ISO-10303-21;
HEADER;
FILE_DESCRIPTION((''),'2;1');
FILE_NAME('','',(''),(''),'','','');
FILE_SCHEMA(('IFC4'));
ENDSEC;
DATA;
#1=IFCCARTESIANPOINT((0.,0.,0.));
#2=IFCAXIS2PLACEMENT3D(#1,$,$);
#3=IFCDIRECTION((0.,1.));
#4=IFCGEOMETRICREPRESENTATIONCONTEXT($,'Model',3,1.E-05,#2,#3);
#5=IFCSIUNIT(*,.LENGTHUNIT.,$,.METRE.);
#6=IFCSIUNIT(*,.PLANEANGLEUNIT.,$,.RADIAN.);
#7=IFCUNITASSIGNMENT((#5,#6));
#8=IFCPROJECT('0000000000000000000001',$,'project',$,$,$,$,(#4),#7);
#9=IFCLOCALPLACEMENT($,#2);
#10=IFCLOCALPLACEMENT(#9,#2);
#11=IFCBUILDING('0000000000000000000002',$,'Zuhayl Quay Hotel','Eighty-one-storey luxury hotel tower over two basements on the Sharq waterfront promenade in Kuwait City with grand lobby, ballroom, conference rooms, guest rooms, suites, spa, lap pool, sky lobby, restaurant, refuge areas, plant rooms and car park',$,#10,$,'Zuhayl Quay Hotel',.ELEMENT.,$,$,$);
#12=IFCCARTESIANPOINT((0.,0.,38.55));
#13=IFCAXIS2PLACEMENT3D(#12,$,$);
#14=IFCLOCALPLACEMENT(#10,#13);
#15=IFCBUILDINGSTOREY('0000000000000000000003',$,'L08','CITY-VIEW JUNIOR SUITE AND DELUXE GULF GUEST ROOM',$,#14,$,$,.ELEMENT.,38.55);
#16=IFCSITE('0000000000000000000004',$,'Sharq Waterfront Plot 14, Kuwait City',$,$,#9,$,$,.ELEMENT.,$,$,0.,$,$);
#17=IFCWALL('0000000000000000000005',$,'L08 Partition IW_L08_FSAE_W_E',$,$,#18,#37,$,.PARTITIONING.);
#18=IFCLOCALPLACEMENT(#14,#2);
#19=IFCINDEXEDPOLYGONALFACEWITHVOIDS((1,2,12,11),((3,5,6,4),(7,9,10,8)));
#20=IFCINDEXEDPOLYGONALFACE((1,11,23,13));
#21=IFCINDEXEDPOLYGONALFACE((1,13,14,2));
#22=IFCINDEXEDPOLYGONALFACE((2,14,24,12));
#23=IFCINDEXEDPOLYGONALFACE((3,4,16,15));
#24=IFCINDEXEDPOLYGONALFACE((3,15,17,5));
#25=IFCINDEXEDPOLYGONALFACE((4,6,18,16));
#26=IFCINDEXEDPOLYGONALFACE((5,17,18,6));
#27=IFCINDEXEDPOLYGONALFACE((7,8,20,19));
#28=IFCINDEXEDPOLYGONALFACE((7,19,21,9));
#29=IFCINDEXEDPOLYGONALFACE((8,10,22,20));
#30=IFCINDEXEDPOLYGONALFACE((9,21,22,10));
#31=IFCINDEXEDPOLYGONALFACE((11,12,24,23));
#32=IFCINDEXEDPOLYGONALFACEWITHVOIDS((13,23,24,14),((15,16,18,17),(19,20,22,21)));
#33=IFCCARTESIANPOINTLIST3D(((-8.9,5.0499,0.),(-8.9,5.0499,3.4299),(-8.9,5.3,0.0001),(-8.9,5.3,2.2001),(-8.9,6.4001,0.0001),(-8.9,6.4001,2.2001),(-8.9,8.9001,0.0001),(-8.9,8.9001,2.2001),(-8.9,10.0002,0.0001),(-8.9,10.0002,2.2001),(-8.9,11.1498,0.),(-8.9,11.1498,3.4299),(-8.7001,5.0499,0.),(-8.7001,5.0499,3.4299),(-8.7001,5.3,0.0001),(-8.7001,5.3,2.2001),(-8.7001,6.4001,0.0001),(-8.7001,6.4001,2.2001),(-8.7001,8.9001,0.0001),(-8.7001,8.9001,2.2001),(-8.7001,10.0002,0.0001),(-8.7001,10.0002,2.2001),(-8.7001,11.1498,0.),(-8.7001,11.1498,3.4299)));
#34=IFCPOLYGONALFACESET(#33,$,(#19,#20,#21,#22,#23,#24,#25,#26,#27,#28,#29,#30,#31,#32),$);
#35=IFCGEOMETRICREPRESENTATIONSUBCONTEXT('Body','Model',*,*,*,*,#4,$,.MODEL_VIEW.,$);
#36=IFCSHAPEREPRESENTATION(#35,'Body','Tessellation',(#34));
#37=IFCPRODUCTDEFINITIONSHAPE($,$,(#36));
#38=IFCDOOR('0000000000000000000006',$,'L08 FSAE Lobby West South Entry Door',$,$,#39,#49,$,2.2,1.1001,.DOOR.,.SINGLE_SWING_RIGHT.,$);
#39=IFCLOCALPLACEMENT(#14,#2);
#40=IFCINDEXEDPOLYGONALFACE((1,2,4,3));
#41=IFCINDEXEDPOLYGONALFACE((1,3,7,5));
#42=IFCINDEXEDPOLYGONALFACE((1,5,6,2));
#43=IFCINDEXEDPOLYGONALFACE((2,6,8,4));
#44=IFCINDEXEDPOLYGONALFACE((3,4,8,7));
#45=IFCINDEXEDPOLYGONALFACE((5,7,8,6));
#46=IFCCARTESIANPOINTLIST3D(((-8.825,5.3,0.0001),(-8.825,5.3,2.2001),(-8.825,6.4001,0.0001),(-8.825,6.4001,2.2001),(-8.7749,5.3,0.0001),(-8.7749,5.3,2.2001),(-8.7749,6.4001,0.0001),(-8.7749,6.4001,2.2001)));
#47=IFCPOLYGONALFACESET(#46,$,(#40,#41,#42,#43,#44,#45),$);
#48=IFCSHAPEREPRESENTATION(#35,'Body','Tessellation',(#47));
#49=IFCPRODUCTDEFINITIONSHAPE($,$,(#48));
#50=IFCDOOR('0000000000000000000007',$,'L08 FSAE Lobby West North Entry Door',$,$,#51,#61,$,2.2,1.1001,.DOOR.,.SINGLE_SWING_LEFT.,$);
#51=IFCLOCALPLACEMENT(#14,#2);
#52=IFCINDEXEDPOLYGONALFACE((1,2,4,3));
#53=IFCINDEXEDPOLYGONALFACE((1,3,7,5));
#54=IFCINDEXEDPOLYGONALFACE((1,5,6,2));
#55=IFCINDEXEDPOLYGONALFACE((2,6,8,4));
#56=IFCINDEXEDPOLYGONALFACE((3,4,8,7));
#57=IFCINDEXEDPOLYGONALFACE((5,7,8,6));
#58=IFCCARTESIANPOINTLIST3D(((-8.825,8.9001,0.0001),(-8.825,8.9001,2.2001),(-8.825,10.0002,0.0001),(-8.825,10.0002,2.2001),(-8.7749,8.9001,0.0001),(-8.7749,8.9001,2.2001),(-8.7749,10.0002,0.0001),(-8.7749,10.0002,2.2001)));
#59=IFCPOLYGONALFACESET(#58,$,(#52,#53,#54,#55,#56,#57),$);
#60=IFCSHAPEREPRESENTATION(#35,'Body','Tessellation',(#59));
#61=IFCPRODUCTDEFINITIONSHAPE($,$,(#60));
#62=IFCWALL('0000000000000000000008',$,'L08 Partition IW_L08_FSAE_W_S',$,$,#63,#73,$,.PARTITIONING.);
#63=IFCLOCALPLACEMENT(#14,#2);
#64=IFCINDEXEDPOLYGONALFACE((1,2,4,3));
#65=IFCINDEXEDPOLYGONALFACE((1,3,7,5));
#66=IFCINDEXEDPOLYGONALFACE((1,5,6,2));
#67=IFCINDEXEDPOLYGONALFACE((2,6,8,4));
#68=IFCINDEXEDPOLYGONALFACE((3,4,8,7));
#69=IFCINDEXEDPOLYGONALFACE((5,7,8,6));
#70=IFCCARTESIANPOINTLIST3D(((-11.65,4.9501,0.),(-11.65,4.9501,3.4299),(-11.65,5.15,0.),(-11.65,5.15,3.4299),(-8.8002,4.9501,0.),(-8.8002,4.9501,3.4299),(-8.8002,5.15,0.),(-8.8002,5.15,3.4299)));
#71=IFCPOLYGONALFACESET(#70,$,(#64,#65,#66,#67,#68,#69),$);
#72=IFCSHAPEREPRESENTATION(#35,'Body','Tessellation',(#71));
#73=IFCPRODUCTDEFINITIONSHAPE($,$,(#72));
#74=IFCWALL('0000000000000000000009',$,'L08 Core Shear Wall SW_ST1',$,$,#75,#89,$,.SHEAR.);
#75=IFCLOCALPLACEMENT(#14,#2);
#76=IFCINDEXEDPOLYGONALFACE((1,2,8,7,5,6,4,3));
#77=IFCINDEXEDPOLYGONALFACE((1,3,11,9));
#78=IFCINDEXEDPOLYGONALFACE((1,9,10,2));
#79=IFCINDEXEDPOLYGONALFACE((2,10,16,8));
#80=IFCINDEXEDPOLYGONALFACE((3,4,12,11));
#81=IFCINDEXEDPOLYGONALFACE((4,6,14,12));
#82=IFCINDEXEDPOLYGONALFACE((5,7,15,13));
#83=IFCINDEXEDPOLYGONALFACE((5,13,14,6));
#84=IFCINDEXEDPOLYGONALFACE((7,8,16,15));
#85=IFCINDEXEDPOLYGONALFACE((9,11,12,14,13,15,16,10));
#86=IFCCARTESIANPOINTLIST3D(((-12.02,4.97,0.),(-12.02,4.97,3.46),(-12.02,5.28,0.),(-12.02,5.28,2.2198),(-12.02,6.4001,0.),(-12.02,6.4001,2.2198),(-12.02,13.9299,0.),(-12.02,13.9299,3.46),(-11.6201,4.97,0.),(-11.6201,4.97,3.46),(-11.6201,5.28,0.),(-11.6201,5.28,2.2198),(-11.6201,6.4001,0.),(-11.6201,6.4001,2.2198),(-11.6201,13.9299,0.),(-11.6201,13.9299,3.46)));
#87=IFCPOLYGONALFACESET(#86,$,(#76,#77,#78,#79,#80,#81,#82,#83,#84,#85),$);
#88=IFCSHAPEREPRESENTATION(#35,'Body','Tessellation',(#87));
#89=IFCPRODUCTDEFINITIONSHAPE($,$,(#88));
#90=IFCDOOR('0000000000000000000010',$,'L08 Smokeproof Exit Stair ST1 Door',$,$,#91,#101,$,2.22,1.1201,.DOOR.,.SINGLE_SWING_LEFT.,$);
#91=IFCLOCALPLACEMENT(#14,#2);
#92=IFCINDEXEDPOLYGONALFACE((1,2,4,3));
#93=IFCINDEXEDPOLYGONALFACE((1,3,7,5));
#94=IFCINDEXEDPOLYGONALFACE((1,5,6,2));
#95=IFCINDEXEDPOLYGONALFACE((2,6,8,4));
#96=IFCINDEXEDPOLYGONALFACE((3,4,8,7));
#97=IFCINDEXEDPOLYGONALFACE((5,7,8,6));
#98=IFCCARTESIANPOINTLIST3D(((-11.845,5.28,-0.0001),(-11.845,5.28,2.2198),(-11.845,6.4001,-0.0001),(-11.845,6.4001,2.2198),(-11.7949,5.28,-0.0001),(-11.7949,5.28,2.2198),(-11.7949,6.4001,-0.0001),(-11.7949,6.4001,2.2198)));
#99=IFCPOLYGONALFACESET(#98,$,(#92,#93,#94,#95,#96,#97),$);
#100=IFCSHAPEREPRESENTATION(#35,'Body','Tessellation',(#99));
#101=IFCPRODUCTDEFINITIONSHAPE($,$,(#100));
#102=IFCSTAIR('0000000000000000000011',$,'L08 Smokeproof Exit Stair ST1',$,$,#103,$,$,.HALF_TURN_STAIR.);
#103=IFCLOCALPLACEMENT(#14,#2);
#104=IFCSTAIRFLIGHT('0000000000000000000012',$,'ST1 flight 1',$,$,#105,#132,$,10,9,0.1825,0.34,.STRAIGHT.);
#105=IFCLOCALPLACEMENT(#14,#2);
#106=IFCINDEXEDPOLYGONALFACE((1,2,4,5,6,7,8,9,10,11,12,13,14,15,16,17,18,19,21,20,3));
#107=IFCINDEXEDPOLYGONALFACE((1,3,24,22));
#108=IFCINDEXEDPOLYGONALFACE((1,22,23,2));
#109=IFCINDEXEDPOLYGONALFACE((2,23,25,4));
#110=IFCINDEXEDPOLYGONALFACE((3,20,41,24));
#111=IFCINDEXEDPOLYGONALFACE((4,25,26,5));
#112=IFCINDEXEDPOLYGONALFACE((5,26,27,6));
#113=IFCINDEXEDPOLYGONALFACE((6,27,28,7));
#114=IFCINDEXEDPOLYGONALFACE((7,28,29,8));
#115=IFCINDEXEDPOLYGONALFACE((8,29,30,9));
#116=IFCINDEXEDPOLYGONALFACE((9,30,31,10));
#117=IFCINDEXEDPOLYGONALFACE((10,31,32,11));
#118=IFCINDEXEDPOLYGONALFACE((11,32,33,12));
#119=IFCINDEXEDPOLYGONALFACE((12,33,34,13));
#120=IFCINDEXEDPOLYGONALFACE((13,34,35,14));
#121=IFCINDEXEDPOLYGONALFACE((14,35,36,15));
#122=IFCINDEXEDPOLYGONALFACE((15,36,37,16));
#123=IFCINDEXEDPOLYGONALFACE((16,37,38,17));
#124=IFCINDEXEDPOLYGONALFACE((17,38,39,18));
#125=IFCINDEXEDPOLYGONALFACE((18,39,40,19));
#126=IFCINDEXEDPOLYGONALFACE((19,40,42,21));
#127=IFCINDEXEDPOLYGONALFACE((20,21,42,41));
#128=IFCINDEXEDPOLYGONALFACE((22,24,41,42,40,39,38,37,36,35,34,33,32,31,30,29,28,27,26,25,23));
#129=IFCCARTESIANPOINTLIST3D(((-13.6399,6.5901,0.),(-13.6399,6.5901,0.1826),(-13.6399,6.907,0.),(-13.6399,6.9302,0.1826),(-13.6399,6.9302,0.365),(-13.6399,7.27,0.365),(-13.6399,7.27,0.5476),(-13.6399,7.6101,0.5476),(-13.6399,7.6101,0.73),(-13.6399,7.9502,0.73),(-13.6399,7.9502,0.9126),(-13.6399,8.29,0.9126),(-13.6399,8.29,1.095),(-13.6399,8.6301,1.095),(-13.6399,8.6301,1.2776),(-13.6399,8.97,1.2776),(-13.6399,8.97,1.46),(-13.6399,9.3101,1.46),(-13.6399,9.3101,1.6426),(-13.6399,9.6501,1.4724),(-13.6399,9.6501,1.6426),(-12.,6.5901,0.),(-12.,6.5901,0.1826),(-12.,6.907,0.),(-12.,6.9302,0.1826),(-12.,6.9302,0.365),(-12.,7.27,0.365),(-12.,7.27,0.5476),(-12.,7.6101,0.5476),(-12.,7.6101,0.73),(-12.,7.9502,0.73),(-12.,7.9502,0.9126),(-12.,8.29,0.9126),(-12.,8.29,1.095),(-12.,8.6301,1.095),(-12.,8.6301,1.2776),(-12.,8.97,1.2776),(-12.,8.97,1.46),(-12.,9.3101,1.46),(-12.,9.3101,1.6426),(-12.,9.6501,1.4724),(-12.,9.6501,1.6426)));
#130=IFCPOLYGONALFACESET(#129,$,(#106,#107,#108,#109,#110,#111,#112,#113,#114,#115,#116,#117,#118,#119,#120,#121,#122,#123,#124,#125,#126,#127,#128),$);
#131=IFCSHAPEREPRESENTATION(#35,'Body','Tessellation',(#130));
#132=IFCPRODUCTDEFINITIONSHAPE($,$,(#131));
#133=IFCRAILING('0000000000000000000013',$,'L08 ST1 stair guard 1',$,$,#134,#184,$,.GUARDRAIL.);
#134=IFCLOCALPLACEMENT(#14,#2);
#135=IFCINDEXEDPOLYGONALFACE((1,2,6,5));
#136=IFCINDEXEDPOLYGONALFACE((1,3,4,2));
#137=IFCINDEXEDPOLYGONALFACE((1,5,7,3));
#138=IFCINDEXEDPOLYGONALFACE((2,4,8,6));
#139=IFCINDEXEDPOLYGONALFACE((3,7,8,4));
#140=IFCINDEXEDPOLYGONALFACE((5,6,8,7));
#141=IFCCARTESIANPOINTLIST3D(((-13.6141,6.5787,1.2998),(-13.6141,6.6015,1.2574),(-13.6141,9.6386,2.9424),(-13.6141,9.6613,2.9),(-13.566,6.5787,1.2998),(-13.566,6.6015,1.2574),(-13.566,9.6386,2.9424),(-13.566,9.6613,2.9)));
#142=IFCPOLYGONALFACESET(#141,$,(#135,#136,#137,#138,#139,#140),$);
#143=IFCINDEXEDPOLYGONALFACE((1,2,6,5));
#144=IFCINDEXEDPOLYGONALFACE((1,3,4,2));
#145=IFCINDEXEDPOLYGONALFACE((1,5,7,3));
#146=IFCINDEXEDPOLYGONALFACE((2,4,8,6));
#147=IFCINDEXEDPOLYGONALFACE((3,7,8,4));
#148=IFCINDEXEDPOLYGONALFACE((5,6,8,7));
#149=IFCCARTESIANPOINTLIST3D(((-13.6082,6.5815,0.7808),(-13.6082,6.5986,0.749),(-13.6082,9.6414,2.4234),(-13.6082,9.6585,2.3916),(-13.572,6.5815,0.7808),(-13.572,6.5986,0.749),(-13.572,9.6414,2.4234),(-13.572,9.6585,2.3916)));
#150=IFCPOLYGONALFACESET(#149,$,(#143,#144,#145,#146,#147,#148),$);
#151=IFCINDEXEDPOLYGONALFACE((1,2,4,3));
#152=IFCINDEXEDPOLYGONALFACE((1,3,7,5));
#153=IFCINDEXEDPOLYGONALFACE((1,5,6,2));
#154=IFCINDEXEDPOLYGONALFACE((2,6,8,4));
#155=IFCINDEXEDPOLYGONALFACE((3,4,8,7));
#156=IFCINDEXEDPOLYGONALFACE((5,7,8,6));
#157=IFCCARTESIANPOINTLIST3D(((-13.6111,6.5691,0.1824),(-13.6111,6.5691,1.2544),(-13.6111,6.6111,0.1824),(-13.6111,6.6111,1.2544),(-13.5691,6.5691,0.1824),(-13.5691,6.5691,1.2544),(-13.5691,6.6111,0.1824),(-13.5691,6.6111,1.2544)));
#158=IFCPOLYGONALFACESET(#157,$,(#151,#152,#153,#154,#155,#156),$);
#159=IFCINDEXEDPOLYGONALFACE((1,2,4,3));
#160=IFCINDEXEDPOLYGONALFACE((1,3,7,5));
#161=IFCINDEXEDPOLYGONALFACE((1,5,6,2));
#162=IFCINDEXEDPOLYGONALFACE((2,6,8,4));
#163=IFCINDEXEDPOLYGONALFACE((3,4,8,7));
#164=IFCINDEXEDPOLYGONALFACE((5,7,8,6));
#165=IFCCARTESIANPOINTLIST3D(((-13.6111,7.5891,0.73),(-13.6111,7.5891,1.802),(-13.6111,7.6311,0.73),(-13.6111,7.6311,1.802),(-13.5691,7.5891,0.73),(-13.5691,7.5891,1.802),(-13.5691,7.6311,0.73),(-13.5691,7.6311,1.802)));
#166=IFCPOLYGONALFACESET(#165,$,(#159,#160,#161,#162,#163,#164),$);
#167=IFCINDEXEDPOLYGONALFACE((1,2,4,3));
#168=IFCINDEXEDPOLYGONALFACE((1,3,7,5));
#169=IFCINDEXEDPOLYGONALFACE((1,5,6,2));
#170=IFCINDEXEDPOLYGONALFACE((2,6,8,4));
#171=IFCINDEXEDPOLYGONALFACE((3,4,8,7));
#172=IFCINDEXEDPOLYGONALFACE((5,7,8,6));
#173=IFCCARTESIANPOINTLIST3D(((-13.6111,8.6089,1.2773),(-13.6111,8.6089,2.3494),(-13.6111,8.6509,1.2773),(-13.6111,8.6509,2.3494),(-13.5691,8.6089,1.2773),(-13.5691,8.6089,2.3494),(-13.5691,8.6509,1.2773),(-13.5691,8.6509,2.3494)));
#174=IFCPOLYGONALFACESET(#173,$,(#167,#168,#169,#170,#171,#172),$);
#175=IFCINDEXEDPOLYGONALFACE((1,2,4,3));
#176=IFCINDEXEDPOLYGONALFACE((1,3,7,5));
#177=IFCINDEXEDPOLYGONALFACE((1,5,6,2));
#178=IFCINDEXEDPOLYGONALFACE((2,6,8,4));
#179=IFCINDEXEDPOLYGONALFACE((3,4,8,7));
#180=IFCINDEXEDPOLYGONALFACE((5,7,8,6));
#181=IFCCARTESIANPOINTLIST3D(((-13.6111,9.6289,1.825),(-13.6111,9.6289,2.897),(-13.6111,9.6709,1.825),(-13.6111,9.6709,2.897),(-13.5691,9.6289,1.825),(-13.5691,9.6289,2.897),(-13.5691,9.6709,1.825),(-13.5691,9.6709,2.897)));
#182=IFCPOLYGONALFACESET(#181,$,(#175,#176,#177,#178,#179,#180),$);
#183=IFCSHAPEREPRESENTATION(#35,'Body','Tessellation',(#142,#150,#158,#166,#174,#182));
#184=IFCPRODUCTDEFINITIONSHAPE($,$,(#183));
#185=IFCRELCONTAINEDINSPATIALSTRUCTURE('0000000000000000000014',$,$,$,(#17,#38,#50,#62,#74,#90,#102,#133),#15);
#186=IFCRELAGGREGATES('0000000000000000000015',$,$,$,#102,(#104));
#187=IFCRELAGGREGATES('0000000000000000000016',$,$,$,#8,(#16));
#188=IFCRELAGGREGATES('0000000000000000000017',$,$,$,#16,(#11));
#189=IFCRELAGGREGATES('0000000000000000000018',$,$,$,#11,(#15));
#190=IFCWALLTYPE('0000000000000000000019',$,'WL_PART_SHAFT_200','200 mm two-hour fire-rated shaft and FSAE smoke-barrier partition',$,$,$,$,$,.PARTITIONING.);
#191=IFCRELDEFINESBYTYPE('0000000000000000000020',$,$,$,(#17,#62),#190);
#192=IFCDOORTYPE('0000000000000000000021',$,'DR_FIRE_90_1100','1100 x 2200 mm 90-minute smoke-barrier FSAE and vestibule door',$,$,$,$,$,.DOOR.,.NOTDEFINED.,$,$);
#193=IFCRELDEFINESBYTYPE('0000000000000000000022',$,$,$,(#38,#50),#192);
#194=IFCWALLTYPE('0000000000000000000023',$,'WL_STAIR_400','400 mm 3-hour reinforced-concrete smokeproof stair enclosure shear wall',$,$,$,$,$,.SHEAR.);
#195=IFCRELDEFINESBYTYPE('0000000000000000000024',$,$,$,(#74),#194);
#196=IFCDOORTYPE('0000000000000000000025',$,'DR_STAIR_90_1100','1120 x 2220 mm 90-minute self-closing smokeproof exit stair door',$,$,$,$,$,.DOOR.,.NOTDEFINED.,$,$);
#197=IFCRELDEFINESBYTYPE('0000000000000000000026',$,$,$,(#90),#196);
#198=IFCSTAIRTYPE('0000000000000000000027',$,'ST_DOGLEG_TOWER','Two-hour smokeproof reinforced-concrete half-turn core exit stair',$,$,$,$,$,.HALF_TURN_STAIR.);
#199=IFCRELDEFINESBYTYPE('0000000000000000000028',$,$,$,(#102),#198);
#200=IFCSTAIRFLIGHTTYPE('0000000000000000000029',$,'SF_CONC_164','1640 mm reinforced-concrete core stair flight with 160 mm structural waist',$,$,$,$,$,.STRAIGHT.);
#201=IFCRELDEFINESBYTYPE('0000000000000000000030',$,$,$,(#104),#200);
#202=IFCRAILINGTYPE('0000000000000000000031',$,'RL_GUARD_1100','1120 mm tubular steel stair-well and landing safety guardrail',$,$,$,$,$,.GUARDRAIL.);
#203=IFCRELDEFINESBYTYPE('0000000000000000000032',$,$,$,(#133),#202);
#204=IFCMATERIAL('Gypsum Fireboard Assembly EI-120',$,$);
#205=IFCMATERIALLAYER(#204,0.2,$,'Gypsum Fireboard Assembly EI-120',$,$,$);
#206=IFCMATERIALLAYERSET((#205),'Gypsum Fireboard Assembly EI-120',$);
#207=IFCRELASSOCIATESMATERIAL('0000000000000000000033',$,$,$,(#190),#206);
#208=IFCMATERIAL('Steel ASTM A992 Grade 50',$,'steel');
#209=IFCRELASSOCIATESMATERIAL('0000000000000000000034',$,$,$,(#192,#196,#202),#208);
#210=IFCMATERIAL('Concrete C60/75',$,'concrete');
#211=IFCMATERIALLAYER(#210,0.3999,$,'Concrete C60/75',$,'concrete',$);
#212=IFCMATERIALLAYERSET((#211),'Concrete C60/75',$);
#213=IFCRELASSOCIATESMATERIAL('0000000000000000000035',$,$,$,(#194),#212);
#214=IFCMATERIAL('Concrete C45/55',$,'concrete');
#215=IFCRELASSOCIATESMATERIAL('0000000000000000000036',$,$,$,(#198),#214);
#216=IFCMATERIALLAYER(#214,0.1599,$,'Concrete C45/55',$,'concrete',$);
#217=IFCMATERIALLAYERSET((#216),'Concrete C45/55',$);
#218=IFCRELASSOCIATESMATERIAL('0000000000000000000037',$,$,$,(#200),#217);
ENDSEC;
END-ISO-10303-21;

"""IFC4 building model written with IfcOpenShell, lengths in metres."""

from ifc_helpers import new_model, si_unit, direction, frame, frame_2d, origin, origin_2d, place, context, subcontext, project, spatial, polyline, rectangle, outline, extrude, material, layer, layer_set, type_object, element, fill, aggregate, save


model = new_model("IFC4")

# Units and contexts
model_context = context("Model", 3, precision=1e-05, world=origin(), true_north=direction((0.0, 1.0)))
body_context = subcontext(model_context, "Body", "Model", "MODEL_VIEW")
ifc_project = project(units=[si_unit("LENGTHUNIT", "METRE"), si_unit("PLANEANGLEUNIT", "RADIAN")], contexts=[model_context])

# Site, building, storey
site_placement = place(None, origin())
site = spatial("IfcSite", under=ifc_project, at=site_placement, Name="Sharq Waterfront Plot 14, Kuwait City", CompositionType="ELEMENT", RefElevation=0.0)
building_placement = place(site_placement, origin())
building = spatial("IfcBuilding", under=site, at=building_placement, Name="Zuhayl Quay Hotel", Description="Eighty-one-storey luxury hotel tower over two basements on the Sharq waterfront promenade in Kuwait City with grand lobby, ballroom, conference rooms, guest rooms, suites, spa, lap pool, sky lobby, restaurant, refuge areas, plant rooms and car park", LongName="Zuhayl Quay Hotel", CompositionType="ELEMENT")
storey_placement = place(building_placement, frame((0.0, 0.0, 38.55)))
storey = spatial("IfcBuildingStorey", under=building, at=storey_placement, Name="L08", Description="CITY-VIEW JUNIOR SUITE AND DELUXE GULF GUEST ROOM", CompositionType="ELEMENT", Elevation=38.55)

# Shared definitions
ifc_material_1 = material(Name="Steel ASTM A992 Grade 50", Category="steel")

# Wall, openings, doors
ifc_material_2 = material(Name="Gypsum Fireboard Assembly EI-120")
ifc_layer_1 = layer(ifc_material_2, 0.2, Name="Gypsum Fireboard Assembly EI-120")
ifc_layer_set_1 = layer_set([ifc_layer_1], Name="Gypsum Fireboard Assembly EI-120")
wall_type_1 = type_object("IfcWallType", Name="WL_PART_SHAFT_200", Description="200 mm two-hour fire-rated shaft and FSAE smoke-barrier partition", PredefinedType="PARTITIONING", material=ifc_layer_set_1)
wall_1_placement = place(storey_placement, frame((-8.8, 5.05, 0.0), z_axis=(0.0, 0.0, 1.0), x_axis=(0.0, 1.0, 0.0)))
wall_1 = element("IfcWall", 1, at=wall_1_placement, inside=storey, type_object=wall_type_1, Name="L08 Partition IW_L08_FSAE_W_E", PredefinedType="PARTITIONING", context=body_context, shape_type="SweptSolid", body=[
    extrude(rectangle(XDim=6.0999, YDim=0.2, at=frame_2d((3.0498, 0.0))), origin(), (0.0, 0.0, 1.0), 3.4299),
])
opening_1_placement = place(wall_1_placement, frame((0.25, 0.0, 0.0)))
opening_1 = element("IfcOpeningElement", 2, at=opening_1_placement, cuts=wall_1, PredefinedType="OPENING", context=body_context, shape_type="SweptSolid", body=[
    extrude(rectangle(XDim=1.1001, YDim=2.2, at=frame_2d((0.55, 1.1001))), frame((0.0, 0.1099, 0.0), z_axis=(0.0, -1.0, 0.0), x_axis=(1.0, 0.0, 0.0)), (0.0, 0.0, 1.0), 0.22),
])
opening_2_placement = place(wall_1_placement, frame((3.8501, 0.0, 0.0)))
opening_2 = element("IfcOpeningElement", 3, at=opening_2_placement, cuts=wall_1, PredefinedType="OPENING", context=body_context, shape_type="SweptSolid", body=[
    extrude(rectangle(XDim=1.1001, YDim=2.2, at=frame_2d((0.55, 1.1001))), frame((0.0, 0.1099, 0.0), z_axis=(0.0, -1.0, 0.0), x_axis=(1.0, 0.0, 0.0)), (0.0, 0.0, 1.0), 0.22),
])
door_type_1 = type_object("IfcDoorType", Name="DR_FIRE_90_1100", Description="1100 x 2200 mm 90-minute smoke-barrier FSAE and vestibule door", OperationType="NOTDEFINED", PredefinedType="DOOR", material=ifc_material_1)
door_1_placement = place(opening_1_placement, origin())
door_1 = element("IfcDoor", 4, at=door_1_placement, inside=storey, type_object=door_type_1, Name="L08 FSAE Lobby West South Entry Door", OperationType="SINGLE_SWING_RIGHT", OverallHeight=2.2, OverallWidth=1.1001, PredefinedType="DOOR", context=body_context, shape_type="SweptSolid", body=[
    extrude(rectangle(XDim=1.1001, YDim=2.2, at=frame_2d((0.55, 1.1001))), frame((0.0, 0.0249, 0.0), z_axis=(0.0, -1.0, 0.0), x_axis=(1.0, 0.0, 0.0)), (0.0, 0.0, 1.0), 0.05),
])
fill(opening_1, door_1)
door_2_placement = place(opening_2_placement, origin())
door_2 = element("IfcDoor", 5, at=door_2_placement, inside=storey, type_object=door_type_1, Name="L08 FSAE Lobby West North Entry Door", OperationType="SINGLE_SWING_LEFT", OverallHeight=2.2, OverallWidth=1.1001, PredefinedType="DOOR", context=body_context, shape_type="SweptSolid", body=[
    extrude(rectangle(XDim=1.1001, YDim=2.2, at=frame_2d((0.55, 1.1001))), frame((0.0, 0.0249, 0.0), z_axis=(0.0, -1.0, 0.0), x_axis=(1.0, 0.0, 0.0)), (0.0, 0.0, 1.0), 0.05),
])
fill(opening_2, door_2)

# Wall
wall_2_placement = place(storey_placement, frame((-11.6499, 5.05, 0.0), z_axis=(0.0, 0.0, 1.0), x_axis=(1.0, 0.0, 0.0)))
element("IfcWall", 6, at=wall_2_placement, inside=storey, type_object=wall_type_1, Name="L08 Partition IW_L08_FSAE_W_S", PredefinedType="PARTITIONING", context=body_context, shape_type="SweptSolid", body=[
    extrude(rectangle(XDim=2.8499, YDim=0.2, at=frame_2d((1.4248, 0.0))), origin(), (0.0, 0.0, 1.0), 3.4299),
])

# Wall, opening, door
ifc_material_3 = material(Name="Concrete C60/75", Category="concrete")
ifc_layer_2 = layer(ifc_material_3, 0.3999, Name="Concrete C60/75", Category="concrete")
ifc_layer_set_2 = layer_set([ifc_layer_2], Name="Concrete C60/75")
wall_type_2 = type_object("IfcWallType", Name="WL_STAIR_400", Description="400 mm 3-hour reinforced-concrete smokeproof stair enclosure shear wall", PredefinedType="SHEAR", material=ifc_layer_set_2)
wall_3_placement = place(storey_placement, frame((-11.8201, 4.97, 0.0), z_axis=(0.0, 0.0, 1.0), x_axis=(0.0, 1.0, 0.0)))
wall_3 = element("IfcWall", 7, at=wall_3_placement, inside=storey, type_object=wall_type_2, Name="L08 Core Shear Wall SW_ST1", PredefinedType="SHEAR", context=body_context, shape_type="SweptSolid", body=[
    extrude(rectangle(XDim=8.96, YDim=0.3999, at=frame_2d((4.48, 0.0))), origin(), (0.0, 0.0, 1.0), 3.46),
])
opening_3_placement = place(wall_3_placement, frame((0.3101, 0.0, 0.0)))
opening_3 = element("IfcOpeningElement", 8, at=opening_3_placement, cuts=wall_3, PredefinedType="OPENING", context=body_context, shape_type="SweptSolid", body=[
    extrude(rectangle(XDim=1.1201, YDim=2.22, at=frame_2d((0.5601, 1.1099))), frame((0.0, 0.21, 0.0), z_axis=(0.0, -1.0, 0.0), x_axis=(1.0, 0.0, 0.0)), (0.0, 0.0, 1.0), 0.4199),
])
door_type_2 = type_object("IfcDoorType", Name="DR_STAIR_90_1100", Description="1120 x 2220 mm 90-minute self-closing smokeproof exit stair door", OperationType="NOTDEFINED", PredefinedType="DOOR", material=ifc_material_1)
door_3_placement = place(opening_3_placement, origin())
door_3 = element("IfcDoor", 9, at=door_3_placement, inside=storey, type_object=door_type_2, Name="L08 Smokeproof Exit Stair ST1 Door", OperationType="SINGLE_SWING_LEFT", OverallHeight=2.22, OverallWidth=1.1201, PredefinedType="DOOR", context=body_context, shape_type="SweptSolid", body=[
    extrude(rectangle(XDim=1.1201, YDim=2.22, at=frame_2d((0.5601, 1.1099))), frame((0.0, 0.0249, 0.0), z_axis=(0.0, -1.0, 0.0), x_axis=(1.0, 0.0, 0.0)), (0.0, 0.0, 1.0), 0.05),
])
fill(opening_3, door_3)

# Stair, stair flight
ifc_material_4 = material(Name="Concrete C45/55", Category="concrete")
stair_type = type_object("IfcStairType", Name="ST_DOGLEG_TOWER", Description="Two-hour smokeproof reinforced-concrete half-turn core exit stair", PredefinedType="HALF_TURN_STAIR", material=ifc_material_4)
stair_placement = place(storey_placement, origin())
stair = element("IfcStair", 10, at=stair_placement, inside=storey, type_object=stair_type, Name="L08 Smokeproof Exit Stair ST1", PredefinedType="HALF_TURN_STAIR")
ifc_layer_3 = layer(ifc_material_4, 0.1599, Name="Concrete C45/55", Category="concrete")
ifc_layer_set_3 = layer_set([ifc_layer_3], Name="Concrete C45/55")
stair_flight_type = type_object("IfcStairFlightType", Name="SF_CONC_164", Description="1640 mm reinforced-concrete core stair flight with 160 mm structural waist", PredefinedType="STRAIGHT", material=ifc_layer_set_3)
stair_flight_placement = place(storey_placement, frame((-12.8201, 6.5901, 0.0), z_axis=(0.0, 0.0, 1.0), x_axis=(0.0, 1.0, 0.0)))
stair_flight = element("IfcStairFlight", 11, at=stair_flight_placement, type_object=stair_flight_type, Name="ST1 flight 1", NumberOfRisers=10, NumberOfTreads=9, PredefinedType="STRAIGHT", RiserHeight=0.1825, TreadLength=0.34, context=body_context, shape_type="SweptSolid", body=[
    extrude(outline(polyline([(0.0, 0.0), (0.0, 0.1826), (0.3401, 0.1826), (0.3401, 0.365), (0.6799, 0.365), (0.6799, 0.5476), (1.02, 0.5476), (1.02, 0.73), (1.3601, 0.73), (1.3601, 0.9126), (1.7, 0.9126), (1.7, 1.095), (2.04, 1.095), (2.04, 1.2776), (2.3799, 1.2776), (2.3799, 1.46), (2.72, 1.46), (2.72, 1.6426), (3.0601, 1.6426), (3.0601, 1.825), (3.0601, 1.4724), (0.3169, 0.0), (0.0, 0.0)])), frame((0.0, 0.8198, 0.0), z_axis=(0.0, -1.0, 0.0), x_axis=(1.0, 0.0, 0.0)), (0.0, 0.0, 1.0), 1.6399),
])
aggregate(stair, [stair_flight])

# Railing
railing_type_1 = type_object("IfcRailingType", Name="RL_GUARD_1100", Description="1120 mm tubular steel stair-well and landing safety guardrail", PredefinedType="GUARDRAIL", material=ifc_material_1)
railing_1_placement = place(storey_placement, frame((-13.5901, 6.5901, 0.1824)))
element("IfcRailing", 12, at=railing_1_placement, inside=storey, type_object=railing_type_1, Name="L08 ST1 stair guard 1", PredefinedType="GUARDRAIL", context=body_context, shape_type="SweptSolid", body=[
    extrude(rectangle(XDim=0.0481, YDim=0.0481, at=origin_2d()), frame((0.0, 0.0, 1.0962), z_axis=(0.0, 0.881073, 0.47298), x_axis=(-1.0, 0.0, 0.0)), (0.0, 0.0, 1.0), 3.4729),
    extrude(rectangle(XDim=0.0361, YDim=0.0361, at=origin_2d()), frame((0.0, 0.0, 0.5825), z_axis=(0.0, 0.881073, 0.47298), x_axis=(-1.0, 0.0, 0.0)), (0.0, 0.0, 1.0), 3.4729),
    extrude(rectangle(XDim=0.042, YDim=0.042, at=origin_2d()), origin(), (0.0, 0.0, 1.0), 1.072),
    extrude(rectangle(XDim=0.042, YDim=0.042, at=origin_2d()), frame((0.0, 1.02, 0.5476)), (0.0, 0.0, 1.0), 1.072),
    extrude(rectangle(XDim=0.042, YDim=0.042, at=origin_2d()), frame((0.0, 2.0398, 1.095)), (0.0, 0.0, 1.0), 1.072),
    extrude(rectangle(XDim=0.042, YDim=0.042, at=origin_2d()), frame((0.0, 3.0598, 1.6426)), (0.0, 0.0, 1.0), 1.072),
])

save(model, "model.ifc")
